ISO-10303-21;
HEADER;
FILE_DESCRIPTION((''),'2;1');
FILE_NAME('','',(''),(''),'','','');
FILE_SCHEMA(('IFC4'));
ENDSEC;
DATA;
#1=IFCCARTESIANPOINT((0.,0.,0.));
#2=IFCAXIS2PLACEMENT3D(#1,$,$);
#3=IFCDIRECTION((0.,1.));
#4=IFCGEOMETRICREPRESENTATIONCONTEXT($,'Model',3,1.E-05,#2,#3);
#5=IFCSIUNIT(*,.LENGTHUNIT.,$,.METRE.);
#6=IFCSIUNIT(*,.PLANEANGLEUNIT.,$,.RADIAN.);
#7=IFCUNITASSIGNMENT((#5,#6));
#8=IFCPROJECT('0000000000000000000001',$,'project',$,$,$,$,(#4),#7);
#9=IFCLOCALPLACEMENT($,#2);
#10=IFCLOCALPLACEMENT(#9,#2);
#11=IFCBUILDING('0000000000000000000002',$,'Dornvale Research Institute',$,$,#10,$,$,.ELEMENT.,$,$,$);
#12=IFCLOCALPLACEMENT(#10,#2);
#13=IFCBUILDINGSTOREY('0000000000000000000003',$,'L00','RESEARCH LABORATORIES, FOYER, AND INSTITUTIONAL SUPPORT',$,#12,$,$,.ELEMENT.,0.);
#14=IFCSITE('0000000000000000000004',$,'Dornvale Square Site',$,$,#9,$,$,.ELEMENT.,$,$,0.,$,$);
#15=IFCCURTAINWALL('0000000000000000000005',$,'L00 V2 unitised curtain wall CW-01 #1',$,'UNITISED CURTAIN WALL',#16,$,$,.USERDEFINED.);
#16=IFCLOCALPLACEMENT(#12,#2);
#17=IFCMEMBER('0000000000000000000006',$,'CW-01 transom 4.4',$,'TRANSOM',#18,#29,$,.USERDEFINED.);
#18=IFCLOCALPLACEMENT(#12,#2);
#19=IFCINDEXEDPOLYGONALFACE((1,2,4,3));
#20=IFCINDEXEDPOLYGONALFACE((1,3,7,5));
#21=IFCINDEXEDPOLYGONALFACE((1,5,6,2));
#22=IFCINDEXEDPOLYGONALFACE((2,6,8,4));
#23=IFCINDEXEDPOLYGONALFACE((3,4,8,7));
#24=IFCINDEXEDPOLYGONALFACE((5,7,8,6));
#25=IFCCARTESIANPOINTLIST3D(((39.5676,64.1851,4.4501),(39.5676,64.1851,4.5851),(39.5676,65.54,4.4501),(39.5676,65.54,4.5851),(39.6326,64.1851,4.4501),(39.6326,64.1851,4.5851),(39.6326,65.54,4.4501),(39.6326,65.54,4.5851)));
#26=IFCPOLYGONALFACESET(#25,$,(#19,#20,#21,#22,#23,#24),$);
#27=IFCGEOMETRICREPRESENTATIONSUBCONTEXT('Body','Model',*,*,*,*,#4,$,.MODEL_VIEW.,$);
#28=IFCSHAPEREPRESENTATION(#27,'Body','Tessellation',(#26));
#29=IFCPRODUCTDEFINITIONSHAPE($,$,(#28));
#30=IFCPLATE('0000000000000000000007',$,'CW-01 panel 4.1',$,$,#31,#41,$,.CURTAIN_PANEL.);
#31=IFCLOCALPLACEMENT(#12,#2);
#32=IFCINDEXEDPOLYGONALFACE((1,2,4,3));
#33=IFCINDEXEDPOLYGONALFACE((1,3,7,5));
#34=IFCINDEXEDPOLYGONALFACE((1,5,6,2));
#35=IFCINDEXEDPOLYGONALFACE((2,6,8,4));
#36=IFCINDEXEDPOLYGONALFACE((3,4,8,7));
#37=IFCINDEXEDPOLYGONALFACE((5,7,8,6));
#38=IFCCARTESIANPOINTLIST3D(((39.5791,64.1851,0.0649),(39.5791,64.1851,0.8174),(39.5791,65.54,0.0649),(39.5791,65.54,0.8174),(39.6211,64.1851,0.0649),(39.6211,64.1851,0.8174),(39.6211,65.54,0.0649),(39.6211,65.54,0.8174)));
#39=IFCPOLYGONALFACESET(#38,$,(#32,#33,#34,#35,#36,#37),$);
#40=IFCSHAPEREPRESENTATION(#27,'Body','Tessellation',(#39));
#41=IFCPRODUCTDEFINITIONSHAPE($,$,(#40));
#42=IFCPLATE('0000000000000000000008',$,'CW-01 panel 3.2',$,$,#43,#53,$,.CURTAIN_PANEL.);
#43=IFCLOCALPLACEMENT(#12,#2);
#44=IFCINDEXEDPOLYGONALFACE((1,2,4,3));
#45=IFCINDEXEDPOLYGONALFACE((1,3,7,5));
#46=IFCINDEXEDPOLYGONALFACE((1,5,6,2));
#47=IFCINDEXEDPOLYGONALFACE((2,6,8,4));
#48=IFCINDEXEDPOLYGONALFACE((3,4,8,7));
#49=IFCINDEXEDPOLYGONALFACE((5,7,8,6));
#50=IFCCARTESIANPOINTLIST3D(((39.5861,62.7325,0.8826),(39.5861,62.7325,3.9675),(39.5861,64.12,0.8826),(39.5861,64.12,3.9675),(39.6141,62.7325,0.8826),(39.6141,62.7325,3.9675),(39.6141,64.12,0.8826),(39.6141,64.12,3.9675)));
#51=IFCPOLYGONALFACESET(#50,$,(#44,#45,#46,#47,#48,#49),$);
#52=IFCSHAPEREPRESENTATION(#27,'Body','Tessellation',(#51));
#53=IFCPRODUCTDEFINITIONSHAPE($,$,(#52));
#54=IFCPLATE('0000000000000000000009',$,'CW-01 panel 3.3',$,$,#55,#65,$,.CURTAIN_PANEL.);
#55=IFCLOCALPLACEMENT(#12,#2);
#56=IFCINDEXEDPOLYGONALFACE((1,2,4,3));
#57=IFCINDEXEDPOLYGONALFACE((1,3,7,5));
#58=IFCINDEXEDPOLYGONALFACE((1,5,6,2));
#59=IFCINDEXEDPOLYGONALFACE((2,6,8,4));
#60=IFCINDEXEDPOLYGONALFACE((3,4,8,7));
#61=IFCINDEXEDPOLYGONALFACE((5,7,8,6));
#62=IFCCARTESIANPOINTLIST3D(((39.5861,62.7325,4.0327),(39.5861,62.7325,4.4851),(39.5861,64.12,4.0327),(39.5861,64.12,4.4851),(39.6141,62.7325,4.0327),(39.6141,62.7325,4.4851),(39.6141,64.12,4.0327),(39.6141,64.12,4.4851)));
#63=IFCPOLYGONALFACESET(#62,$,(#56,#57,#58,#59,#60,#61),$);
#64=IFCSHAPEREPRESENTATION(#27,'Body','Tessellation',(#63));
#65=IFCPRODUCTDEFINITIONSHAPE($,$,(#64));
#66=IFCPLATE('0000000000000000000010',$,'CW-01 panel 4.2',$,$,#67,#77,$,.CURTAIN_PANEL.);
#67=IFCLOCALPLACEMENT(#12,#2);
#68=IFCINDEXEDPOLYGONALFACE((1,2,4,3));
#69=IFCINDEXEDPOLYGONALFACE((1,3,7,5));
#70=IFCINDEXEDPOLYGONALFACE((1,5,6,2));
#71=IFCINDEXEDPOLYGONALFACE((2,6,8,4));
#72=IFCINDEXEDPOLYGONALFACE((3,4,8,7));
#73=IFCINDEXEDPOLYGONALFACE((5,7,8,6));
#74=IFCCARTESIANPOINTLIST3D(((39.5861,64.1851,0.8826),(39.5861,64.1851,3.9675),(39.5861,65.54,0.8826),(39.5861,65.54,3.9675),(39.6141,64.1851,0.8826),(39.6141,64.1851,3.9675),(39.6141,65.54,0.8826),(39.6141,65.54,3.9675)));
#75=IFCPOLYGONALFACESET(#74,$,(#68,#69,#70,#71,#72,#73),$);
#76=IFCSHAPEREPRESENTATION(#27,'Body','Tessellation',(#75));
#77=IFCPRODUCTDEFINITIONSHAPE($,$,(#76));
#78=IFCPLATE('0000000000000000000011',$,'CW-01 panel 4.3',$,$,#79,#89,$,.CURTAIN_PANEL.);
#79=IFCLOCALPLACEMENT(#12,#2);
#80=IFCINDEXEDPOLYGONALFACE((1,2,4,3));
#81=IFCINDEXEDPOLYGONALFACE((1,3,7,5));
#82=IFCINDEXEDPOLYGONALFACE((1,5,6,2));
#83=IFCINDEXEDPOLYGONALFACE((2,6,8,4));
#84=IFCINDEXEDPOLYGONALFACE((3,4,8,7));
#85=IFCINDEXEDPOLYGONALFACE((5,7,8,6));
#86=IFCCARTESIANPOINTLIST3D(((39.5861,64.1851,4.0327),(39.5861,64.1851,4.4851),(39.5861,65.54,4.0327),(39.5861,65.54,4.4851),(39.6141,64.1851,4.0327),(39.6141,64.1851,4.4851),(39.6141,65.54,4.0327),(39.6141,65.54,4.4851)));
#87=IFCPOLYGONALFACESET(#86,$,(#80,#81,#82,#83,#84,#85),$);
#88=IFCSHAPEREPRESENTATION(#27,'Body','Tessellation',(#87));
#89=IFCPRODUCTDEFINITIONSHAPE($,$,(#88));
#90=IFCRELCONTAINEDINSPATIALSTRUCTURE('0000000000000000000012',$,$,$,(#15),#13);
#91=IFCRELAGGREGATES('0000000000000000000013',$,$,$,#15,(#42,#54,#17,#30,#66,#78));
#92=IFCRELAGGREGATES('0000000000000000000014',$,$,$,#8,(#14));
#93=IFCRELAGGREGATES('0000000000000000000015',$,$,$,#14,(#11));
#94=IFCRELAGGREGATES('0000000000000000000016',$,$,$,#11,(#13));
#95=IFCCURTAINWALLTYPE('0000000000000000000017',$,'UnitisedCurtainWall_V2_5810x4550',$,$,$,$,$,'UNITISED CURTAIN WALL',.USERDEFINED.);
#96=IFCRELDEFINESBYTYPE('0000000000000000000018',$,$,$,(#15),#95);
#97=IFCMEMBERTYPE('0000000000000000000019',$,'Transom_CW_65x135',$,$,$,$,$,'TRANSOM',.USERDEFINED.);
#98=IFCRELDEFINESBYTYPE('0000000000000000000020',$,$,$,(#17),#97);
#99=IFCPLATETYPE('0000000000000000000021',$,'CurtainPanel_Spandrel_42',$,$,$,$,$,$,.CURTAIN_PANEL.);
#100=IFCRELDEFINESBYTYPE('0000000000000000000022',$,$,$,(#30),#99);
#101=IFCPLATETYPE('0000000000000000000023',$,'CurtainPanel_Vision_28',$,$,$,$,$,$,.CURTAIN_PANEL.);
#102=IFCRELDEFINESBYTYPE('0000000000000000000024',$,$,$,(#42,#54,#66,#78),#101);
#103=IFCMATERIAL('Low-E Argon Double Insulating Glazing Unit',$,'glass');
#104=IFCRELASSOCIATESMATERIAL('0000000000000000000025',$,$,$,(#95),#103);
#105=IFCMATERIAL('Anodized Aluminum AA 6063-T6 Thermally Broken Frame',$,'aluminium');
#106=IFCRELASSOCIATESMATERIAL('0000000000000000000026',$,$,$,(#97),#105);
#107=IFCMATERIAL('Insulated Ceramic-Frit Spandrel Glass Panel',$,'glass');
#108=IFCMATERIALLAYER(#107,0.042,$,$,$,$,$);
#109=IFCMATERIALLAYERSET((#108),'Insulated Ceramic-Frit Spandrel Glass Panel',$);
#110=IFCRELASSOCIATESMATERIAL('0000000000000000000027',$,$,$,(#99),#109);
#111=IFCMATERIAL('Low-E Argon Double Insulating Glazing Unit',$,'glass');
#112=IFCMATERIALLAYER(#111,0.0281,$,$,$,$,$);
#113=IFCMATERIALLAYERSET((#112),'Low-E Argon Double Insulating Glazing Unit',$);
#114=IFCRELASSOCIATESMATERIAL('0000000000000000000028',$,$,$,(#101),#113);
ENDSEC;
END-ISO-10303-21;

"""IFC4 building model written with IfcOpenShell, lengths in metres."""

from ifc_helpers import new_model, si_unit, direction, frame, origin, origin_2d, place, context, subcontext, project, spatial, rectangle, extrude, material, layer, layer_set, material_profile, profile_set, type_object, element, aggregate, save


model = new_model("IFC4")

# Units and contexts
model_context = context("Model", 3, precision=1e-05, world=origin(), true_north=direction((0.0, 1.0)))
body_context = subcontext(model_context, "Body", "Model", "MODEL_VIEW")
ifc_project = project(units=[si_unit("LENGTHUNIT", "METRE"), si_unit("PLANEANGLEUNIT", "RADIAN")], contexts=[model_context])

# Site, building, storey
site_placement = place(None, origin())
site = spatial("IfcSite", under=ifc_project, at=site_placement, Name="Dornvale Square Site", CompositionType="ELEMENT", RefElevation=0.0)
building_placement = place(site_placement, origin())
building = spatial("IfcBuilding", under=site, at=building_placement, Name="Dornvale Research Institute", CompositionType="ELEMENT")
storey_placement = place(building_placement, origin())
storey = spatial("IfcBuildingStorey", under=building, at=storey_placement, Name="L00", Description="RESEARCH LABORATORIES, FOYER, AND INSTITUTIONAL SUPPORT", CompositionType="ELEMENT", Elevation=0.0)

# Curtain wall, member, plates
ifc_material_1 = material(Name="Low-E Argon Double Insulating Glazing Unit", Category="glass")
curtain_wall_type = type_object("IfcCurtainWallType", Name="UnitisedCurtainWall_V2_5810x4550", ElementType="UNITISED CURTAIN WALL", PredefinedType="USERDEFINED", material=ifc_material_1)
curtain_wall_placement = place(storey_placement, origin())
curtain_wall = element("IfcCurtainWall", 1, at=curtain_wall_placement, inside=storey, type_object=curtain_wall_type, Name="L00 V2 unitised curtain wall CW-01 #1", ObjectType="UNITISED CURTAIN WALL", PredefinedType="USERDEFINED")
ifc_material_2 = material(Name="Anodized Aluminum AA 6063-T6 Thermally Broken Frame", Category="aluminium")
ifc_material_profile_1 = material_profile(ifc_material_2, rectangle(XDim=0.0649, YDim=0.135, at=origin_2d()), Name="ALU TRANSOM 65x135")
ifc_profile_set_1 = profile_set([ifc_material_profile_1], Name="Anodized Aluminum AA 6063-T6 Thermally Broken Frame")
member_type_1 = type_object("IfcMemberType", Name="Transom_CW_65x135", ElementType="TRANSOM", PredefinedType="USERDEFINED", material=ifc_profile_set_1)
member_1_placement = place(storey_placement, frame((39.6001, 64.1851, 4.5176), z_axis=(0.0, 1.0, 0.0), x_axis=(-1.0, 0.0, 0.0)))
member_1 = element("IfcMember", 2, at=member_1_placement, type_object=member_type_1, Name="CW-01 transom 4.4", ObjectType="TRANSOM", PredefinedType="USERDEFINED", context=body_context, shape_type="SweptSolid", body=[
    extrude(rectangle(XDim=0.0649, YDim=0.135, at=origin_2d()), origin(), (0.0, 0.0, 1.0), 1.355),
])
ifc_material_3 = material(Name="Insulated Ceramic-Frit Spandrel Glass Panel", Category="glass")
ifc_layer_1 = layer(ifc_material_3, 0.042)
ifc_layer_set_1 = layer_set([ifc_layer_1], Name="Insulated Ceramic-Frit Spandrel Glass Panel")
plate_type_1 = type_object("IfcPlateType", Name="CurtainPanel_Spandrel_42", PredefinedType="CURTAIN_PANEL", material=ifc_layer_set_1)
plate_1_placement = place(storey_placement, frame((39.6001, 64.8625, 0.0649), z_axis=(0.0, 0.0, 1.0), x_axis=(0.0, 1.0, 0.0)))
plate_1 = element("IfcPlate", 3, at=plate_1_placement, type_object=plate_type_1, Name="CW-01 panel 4.1", PredefinedType="CURTAIN_PANEL", context=body_context, shape_type="SweptSolid", body=[
    extrude(rectangle(XDim=1.355, YDim=0.042, at=origin_2d()), origin(), (0.0, 0.0, 1.0), 0.7524),
])
ifc_material_4 = material(Name="Low-E Argon Double Insulating Glazing Unit", Category="glass")
ifc_layer_2 = layer(ifc_material_4, 0.0281)
ifc_layer_set_2 = layer_set([ifc_layer_2], Name="Low-E Argon Double Insulating Glazing Unit")
plate_type_2 = type_object("IfcPlateType", Name="CurtainPanel_Vision_28", PredefinedType="CURTAIN_PANEL", material=ifc_layer_set_2)
plate_2_placement = place(storey_placement, frame((39.6001, 63.4263, 0.8826), z_axis=(0.0, 0.0, 1.0), x_axis=(0.0, 1.0, 0.0)))
plate_2 = element("IfcPlate", 4, at=plate_2_placement, type_object=plate_type_2, Name="CW-01 panel 3.2", PredefinedType="CURTAIN_PANEL", context=body_context, shape_type="SweptSolid", body=[
    extrude(rectangle(XDim=1.3875, YDim=0.0281, at=origin_2d()), origin(), (0.0, 0.0, 1.0), 3.085),
])
plate_3_placement = place(storey_placement, frame((39.6001, 63.4263, 4.0327), z_axis=(0.0, 0.0, 1.0), x_axis=(0.0, 1.0, 0.0)))
plate_3 = element("IfcPlate", 5, at=plate_3_placement, type_object=plate_type_2, Name="CW-01 panel 3.3", PredefinedType="CURTAIN_PANEL", context=body_context, shape_type="SweptSolid", body=[
    extrude(rectangle(XDim=1.3875, YDim=0.0281, at=origin_2d()), origin(), (0.0, 0.0, 1.0), 0.4524),
])
plate_4_placement = place(storey_placement, frame((39.6001, 64.8625, 0.8826), z_axis=(0.0, 0.0, 1.0), x_axis=(0.0, 1.0, 0.0)))
plate_4 = element("IfcPlate", 6, at=plate_4_placement, type_object=plate_type_2, Name="CW-01 panel 4.2", PredefinedType="CURTAIN_PANEL", context=body_context, shape_type="SweptSolid", body=[
    extrude(rectangle(XDim=1.355, YDim=0.0281, at=origin_2d()), origin(), (0.0, 0.0, 1.0), 3.085),
])
plate_5_placement = place(storey_placement, frame((39.6001, 64.8625, 4.0327), z_axis=(0.0, 0.0, 1.0), x_axis=(0.0, 1.0, 0.0)))
plate_5 = element("IfcPlate", 7, at=plate_5_placement, type_object=plate_type_2, Name="CW-01 panel 4.3", PredefinedType="CURTAIN_PANEL", context=body_context, shape_type="SweptSolid", body=[
    extrude(rectangle(XDim=1.355, YDim=0.0281, at=origin_2d()), origin(), (0.0, 0.0, 1.0), 0.4524),
])
aggregate(curtain_wall, [plate_2, plate_3, member_1, plate_1, plate_4, plate_5])

save(model, "model.ifc")
